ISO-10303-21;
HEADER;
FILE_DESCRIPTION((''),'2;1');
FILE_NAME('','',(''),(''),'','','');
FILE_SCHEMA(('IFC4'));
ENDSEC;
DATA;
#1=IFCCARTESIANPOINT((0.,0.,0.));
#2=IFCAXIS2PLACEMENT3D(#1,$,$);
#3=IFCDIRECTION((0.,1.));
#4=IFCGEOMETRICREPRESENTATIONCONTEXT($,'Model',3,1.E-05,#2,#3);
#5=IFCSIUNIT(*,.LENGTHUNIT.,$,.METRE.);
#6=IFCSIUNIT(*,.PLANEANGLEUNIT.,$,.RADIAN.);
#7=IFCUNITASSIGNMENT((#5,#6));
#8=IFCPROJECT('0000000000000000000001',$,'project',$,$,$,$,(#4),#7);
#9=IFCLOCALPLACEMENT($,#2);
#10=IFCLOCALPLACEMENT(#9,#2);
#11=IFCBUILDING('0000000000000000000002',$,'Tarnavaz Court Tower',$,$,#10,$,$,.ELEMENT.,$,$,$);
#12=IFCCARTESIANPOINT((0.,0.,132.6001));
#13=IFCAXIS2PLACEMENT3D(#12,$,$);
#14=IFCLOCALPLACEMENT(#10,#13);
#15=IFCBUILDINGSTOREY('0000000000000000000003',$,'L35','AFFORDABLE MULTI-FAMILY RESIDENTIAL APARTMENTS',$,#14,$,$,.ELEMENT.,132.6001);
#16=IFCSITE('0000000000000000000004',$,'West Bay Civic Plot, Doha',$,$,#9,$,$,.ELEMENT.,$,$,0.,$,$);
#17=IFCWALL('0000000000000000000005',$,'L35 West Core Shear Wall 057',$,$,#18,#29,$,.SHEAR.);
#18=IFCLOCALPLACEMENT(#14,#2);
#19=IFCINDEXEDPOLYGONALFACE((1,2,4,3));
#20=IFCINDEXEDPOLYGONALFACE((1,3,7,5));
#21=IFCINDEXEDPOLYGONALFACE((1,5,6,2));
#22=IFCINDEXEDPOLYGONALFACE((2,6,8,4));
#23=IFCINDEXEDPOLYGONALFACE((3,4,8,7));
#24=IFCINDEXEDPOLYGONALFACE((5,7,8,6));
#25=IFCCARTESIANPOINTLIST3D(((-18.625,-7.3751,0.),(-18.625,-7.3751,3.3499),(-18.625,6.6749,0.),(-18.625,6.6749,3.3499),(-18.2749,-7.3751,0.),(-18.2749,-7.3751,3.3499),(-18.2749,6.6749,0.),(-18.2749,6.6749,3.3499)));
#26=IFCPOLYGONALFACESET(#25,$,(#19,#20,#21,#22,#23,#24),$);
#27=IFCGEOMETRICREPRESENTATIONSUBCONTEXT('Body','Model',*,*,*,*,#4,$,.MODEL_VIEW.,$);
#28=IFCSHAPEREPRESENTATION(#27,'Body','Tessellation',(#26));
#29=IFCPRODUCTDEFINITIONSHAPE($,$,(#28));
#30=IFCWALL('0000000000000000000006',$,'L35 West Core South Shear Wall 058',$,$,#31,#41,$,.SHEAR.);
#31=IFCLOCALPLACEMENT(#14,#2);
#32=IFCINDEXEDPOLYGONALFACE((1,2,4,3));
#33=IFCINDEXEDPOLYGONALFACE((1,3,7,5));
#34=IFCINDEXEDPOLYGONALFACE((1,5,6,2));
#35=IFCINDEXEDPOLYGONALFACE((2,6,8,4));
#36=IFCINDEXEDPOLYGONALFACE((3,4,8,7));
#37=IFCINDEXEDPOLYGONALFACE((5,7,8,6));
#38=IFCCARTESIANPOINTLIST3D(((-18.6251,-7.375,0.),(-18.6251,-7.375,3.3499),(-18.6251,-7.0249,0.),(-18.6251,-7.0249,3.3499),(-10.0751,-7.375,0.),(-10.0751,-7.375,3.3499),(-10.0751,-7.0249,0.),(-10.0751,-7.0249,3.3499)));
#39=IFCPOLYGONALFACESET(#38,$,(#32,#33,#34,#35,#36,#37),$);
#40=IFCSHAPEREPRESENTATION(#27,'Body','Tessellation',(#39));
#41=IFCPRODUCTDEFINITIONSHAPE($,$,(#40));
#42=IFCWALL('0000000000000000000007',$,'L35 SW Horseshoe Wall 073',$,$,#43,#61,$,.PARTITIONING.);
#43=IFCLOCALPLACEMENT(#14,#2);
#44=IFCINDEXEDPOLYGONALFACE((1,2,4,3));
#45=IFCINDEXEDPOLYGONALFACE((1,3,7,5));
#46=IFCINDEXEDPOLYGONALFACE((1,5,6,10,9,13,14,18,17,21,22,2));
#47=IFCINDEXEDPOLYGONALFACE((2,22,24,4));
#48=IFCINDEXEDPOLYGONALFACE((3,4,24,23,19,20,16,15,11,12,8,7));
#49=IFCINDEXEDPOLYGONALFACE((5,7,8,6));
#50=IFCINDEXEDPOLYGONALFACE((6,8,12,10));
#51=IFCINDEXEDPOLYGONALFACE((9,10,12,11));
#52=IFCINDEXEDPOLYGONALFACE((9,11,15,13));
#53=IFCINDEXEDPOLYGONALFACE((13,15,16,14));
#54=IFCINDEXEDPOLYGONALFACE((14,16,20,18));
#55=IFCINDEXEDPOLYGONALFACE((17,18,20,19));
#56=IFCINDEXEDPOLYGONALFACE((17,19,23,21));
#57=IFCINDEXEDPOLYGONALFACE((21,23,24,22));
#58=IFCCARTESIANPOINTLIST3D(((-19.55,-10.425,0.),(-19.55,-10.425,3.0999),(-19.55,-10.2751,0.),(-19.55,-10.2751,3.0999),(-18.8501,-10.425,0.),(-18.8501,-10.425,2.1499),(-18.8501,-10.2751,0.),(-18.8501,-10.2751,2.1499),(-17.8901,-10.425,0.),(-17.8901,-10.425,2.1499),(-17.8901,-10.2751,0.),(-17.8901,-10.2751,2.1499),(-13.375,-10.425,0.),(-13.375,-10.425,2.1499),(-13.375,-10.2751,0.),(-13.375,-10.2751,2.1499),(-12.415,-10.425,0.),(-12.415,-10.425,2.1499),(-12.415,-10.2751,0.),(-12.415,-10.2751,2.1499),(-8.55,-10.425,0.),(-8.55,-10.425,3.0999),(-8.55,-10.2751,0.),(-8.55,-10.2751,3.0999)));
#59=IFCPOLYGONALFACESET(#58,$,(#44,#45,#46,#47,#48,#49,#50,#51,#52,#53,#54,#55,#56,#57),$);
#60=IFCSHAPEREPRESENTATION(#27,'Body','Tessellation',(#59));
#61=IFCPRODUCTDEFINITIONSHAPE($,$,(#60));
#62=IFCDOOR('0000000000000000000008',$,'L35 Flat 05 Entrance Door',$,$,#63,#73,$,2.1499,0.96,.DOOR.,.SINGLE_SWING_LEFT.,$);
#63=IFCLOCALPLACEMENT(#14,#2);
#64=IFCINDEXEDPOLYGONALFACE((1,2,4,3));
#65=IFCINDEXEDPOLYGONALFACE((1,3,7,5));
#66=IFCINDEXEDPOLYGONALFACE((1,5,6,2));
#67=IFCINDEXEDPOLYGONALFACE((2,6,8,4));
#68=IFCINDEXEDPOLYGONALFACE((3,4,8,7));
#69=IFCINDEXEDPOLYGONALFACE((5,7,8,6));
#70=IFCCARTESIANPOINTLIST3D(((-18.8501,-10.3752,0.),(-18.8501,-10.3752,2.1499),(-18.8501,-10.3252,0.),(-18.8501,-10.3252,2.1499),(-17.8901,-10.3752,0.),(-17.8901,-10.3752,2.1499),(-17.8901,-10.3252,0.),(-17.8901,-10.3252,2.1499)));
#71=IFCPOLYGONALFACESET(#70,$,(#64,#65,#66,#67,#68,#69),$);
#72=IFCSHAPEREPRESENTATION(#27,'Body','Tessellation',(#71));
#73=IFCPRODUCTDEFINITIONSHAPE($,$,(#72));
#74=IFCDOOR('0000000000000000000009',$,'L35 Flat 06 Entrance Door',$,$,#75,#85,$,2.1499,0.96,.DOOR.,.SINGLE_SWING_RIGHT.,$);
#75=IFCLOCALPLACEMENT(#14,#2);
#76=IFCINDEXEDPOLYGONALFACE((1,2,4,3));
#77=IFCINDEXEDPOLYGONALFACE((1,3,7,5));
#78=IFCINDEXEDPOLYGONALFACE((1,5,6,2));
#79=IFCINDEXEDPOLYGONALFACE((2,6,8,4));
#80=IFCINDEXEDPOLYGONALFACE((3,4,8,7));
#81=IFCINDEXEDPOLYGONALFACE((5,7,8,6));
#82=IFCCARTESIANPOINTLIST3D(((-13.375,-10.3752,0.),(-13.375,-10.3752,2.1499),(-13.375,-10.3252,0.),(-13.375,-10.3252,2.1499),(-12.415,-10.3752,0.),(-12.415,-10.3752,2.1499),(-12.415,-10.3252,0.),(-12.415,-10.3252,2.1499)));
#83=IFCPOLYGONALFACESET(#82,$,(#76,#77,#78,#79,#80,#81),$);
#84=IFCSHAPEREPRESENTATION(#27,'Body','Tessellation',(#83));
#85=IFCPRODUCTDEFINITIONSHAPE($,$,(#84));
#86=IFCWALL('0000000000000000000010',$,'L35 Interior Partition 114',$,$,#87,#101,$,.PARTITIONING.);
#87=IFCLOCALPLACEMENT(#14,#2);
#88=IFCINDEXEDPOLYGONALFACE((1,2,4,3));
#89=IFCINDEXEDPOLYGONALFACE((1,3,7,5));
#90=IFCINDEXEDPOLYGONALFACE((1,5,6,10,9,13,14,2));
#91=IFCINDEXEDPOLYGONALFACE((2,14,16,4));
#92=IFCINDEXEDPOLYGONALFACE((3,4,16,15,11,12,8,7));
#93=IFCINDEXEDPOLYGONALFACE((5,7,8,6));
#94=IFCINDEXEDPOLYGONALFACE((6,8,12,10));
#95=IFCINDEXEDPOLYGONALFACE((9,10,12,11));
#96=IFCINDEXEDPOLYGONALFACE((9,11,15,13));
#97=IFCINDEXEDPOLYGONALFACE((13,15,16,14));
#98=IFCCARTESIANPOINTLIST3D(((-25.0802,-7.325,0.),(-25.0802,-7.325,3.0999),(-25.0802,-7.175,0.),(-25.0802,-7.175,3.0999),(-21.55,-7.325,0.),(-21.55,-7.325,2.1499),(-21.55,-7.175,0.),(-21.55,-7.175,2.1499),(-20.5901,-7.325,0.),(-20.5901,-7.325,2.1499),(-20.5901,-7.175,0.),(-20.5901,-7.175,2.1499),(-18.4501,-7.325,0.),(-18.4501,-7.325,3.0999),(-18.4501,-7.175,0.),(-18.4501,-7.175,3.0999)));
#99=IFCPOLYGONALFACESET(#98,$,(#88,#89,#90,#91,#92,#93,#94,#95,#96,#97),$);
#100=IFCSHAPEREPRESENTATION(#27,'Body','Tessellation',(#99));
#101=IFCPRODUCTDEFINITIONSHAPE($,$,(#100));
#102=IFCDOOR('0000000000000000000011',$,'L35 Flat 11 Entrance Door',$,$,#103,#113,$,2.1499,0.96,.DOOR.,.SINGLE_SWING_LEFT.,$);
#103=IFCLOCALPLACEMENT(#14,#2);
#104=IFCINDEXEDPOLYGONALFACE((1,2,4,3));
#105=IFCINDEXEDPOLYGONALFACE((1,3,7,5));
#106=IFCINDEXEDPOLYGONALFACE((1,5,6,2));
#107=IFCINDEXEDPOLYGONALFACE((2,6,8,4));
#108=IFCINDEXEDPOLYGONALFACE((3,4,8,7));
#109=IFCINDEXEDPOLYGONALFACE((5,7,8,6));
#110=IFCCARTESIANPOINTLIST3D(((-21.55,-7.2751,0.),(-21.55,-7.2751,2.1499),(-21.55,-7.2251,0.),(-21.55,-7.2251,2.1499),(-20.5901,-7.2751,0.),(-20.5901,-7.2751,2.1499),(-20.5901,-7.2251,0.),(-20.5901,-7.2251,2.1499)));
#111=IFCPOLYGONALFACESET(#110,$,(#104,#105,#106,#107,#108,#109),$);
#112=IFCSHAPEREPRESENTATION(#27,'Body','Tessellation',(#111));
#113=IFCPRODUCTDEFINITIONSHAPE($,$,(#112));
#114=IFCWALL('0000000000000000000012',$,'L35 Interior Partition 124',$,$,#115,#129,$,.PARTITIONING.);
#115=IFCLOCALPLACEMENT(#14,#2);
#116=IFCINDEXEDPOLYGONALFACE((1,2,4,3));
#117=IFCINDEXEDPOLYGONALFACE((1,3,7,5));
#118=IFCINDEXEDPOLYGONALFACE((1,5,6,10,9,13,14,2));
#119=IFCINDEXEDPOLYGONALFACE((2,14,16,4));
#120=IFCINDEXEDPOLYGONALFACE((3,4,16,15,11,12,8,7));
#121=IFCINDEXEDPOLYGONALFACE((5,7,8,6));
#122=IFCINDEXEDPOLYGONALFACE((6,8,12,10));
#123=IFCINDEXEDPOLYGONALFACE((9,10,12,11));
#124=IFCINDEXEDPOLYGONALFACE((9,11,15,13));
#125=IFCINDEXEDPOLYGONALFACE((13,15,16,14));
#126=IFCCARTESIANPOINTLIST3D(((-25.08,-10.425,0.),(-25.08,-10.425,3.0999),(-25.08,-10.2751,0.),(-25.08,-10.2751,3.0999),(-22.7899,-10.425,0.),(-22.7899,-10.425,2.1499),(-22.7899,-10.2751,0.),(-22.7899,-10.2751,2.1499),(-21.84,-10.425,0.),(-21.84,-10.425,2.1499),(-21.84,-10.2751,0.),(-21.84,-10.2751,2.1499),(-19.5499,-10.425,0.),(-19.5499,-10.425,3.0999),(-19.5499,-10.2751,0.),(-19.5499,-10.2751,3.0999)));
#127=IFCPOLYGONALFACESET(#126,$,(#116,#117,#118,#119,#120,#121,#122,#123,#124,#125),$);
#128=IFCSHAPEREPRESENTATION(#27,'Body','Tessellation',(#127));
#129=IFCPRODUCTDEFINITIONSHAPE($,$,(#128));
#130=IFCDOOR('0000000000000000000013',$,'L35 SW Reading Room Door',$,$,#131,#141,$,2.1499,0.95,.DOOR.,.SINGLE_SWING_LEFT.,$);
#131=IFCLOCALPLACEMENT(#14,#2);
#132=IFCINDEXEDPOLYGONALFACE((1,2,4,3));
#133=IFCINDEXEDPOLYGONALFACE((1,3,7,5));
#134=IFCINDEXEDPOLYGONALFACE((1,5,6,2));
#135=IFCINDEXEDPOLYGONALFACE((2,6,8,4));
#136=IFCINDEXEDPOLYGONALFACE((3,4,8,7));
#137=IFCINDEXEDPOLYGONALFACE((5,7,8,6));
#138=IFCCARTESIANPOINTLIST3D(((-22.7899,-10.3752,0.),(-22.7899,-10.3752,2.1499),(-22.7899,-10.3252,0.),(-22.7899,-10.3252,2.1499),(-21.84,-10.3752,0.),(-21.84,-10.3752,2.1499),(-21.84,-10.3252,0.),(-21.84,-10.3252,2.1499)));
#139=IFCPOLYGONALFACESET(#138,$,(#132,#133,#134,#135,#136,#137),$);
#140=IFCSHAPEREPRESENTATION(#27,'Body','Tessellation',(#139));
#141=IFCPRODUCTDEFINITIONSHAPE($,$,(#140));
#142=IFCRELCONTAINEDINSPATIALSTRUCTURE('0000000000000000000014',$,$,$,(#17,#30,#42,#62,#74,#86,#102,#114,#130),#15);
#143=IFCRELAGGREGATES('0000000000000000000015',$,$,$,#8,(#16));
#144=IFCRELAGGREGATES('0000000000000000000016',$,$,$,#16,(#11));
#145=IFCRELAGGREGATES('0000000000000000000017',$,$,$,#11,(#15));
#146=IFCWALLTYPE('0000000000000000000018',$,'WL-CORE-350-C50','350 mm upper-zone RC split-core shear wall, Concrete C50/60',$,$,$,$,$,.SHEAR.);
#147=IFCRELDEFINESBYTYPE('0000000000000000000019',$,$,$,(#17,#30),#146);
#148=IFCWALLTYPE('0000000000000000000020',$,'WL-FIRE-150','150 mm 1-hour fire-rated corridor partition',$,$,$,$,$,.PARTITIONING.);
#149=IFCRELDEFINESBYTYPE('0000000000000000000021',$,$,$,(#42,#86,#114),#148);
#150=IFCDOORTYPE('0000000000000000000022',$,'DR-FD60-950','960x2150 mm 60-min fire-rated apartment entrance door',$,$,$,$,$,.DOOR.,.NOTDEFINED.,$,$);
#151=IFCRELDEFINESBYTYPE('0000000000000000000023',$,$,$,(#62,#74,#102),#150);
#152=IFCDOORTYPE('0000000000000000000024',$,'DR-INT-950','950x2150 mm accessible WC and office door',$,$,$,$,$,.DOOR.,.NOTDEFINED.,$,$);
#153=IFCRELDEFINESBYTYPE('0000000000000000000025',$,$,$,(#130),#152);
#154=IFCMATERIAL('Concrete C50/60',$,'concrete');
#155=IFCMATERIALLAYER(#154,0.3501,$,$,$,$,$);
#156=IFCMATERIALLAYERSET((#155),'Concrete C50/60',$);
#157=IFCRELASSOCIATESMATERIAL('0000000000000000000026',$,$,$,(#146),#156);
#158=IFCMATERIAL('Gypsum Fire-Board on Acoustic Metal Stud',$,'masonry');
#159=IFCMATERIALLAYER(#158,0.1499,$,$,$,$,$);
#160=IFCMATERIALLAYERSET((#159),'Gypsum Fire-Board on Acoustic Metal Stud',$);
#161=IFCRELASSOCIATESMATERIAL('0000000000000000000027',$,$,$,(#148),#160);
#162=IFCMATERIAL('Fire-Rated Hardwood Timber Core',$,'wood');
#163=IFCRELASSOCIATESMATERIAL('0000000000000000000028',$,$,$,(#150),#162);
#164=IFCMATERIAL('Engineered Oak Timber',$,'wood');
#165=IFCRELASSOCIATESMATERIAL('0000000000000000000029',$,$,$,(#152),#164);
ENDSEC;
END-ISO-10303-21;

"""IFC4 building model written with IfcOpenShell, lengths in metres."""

from ifc_helpers import new_model, si_unit, direction, frame, frame_2d, origin, place, context, subcontext, project, spatial, rectangle, extrude, material, layer, layer_set, type_object, element, fill, save


model = new_model("IFC4")

# Units and contexts
model_context = context("Model", 3, precision=1e-05, world=origin(), true_north=direction((0.0, 1.0)))
body_context = subcontext(model_context, "Body", "Model", "MODEL_VIEW")
ifc_project = project(units=[si_unit("LENGTHUNIT", "METRE"), si_unit("PLANEANGLEUNIT", "RADIAN")], contexts=[model_context])

# Site, building, storey
site_placement = place(None, origin())
site = spatial("IfcSite", under=ifc_project, at=site_placement, Name="West Bay Civic Plot, Doha", CompositionType="ELEMENT", RefElevation=0.0)
building_placement = place(site_placement, origin())
building = spatial("IfcBuilding", under=site, at=building_placement, Name="Tarnavaz Court Tower", CompositionType="ELEMENT")
storey_placement = place(building_placement, frame((0.0, 0.0, 132.6001)))
storey = spatial("IfcBuildingStorey", under=building, at=storey_placement, Name="L35", Description="AFFORDABLE MULTI-FAMILY RESIDENTIAL APARTMENTS", CompositionType="ELEMENT", Elevation=132.6001)

# Shared definitions
ifc_material_1 = material(Name="Concrete C50/60", Category="concrete")

# Walls
ifc_layer_1 = layer(ifc_material_1, 0.3501)
ifc_layer_set_1 = layer_set([ifc_layer_1], Name="Concrete C50/60")
wall_type_1 = type_object("IfcWallType", Name="WL-CORE-350-C50", Description="350 mm upper-zone RC split-core shear wall, Concrete C50/60", PredefinedType="SHEAR", material=ifc_layer_set_1)
wall_1_placement = place(storey_placement, frame((-18.45, -7.375, 0.0), z_axis=(0.0, 0.0, 1.0), x_axis=(0.0, 1.0, 0.0)))
element("IfcWall", 1, at=wall_1_placement, inside=storey, type_object=wall_type_1, Name="L35 West Core Shear Wall 057", PredefinedType="SHEAR", context=body_context, shape_type="SweptSolid", body=[
    extrude(rectangle(XDim=14.05, YDim=0.3501, at=frame_2d((7.0249, 0.0))), origin(), (0.0, 0.0, 1.0), 3.3499),
])
wall_2_placement = place(storey_placement, frame((-18.625, -7.2, 0.0), z_axis=(0.0, 0.0, 1.0), x_axis=(1.0, 0.0, 0.0)))
element("IfcWall", 2, at=wall_2_placement, inside=storey, type_object=wall_type_1, Name="L35 West Core South Shear Wall 058", PredefinedType="SHEAR", context=body_context, shape_type="SweptSolid", body=[
    extrude(rectangle(XDim=8.55, YDim=0.3501, at=frame_2d((4.2749, 0.0))), origin(), (0.0, 0.0, 1.0), 3.3499),
])

# Wall, openings, doors
ifc_material_2 = material(Name="Gypsum Fire-Board on Acoustic Metal Stud", Category="masonry")
ifc_layer_2 = layer(ifc_material_2, 0.1499)
ifc_layer_set_2 = layer_set([ifc_layer_2], Name="Gypsum Fire-Board on Acoustic Metal Stud")
wall_type_2 = type_object("IfcWallType", Name="WL-FIRE-150", Description="150 mm 1-hour fire-rated corridor partition", PredefinedType="PARTITIONING", material=ifc_layer_set_2)
wall_3_placement = place(storey_placement, frame((-19.55, -10.3501, 0.0), z_axis=(0.0, 0.0, 1.0), x_axis=(1.0, 0.0, 0.0)))
wall_3 = element("IfcWall", 3, at=wall_3_placement, inside=storey, type_object=wall_type_2, Name="L35 SW Horseshoe Wall 073", PredefinedType="PARTITIONING", context=body_context, shape_type="SweptSolid", body=[
    extrude(rectangle(XDim=11.0, YDim=0.1499, at=frame_2d((5.5, 0.0))), origin(), (0.0, 0.0, 1.0), 3.0999),
])
opening_1_placement = place(wall_3_placement, frame((0.7, 0.0, 0.0)))
opening_1 = element("IfcOpeningElement", 4, at=opening_1_placement, cuts=wall_3, PredefinedType="OPENING", context=body_context, shape_type="SweptSolid", body=[
    extrude(rectangle(XDim=0.96, YDim=2.1499, at=frame_2d((0.48, 1.075))), frame((0.0, 0.085, 0.0), z_axis=(0.0, -1.0, 0.0), x_axis=(1.0, 0.0, 0.0)), (0.0, 0.0, 1.0), 0.1699),
])
opening_2_placement = place(wall_3_placement, frame((6.175, 0.0, 0.0)))
opening_2 = element("IfcOpeningElement", 5, at=opening_2_placement, cuts=wall_3, PredefinedType="OPENING", context=body_context, shape_type="SweptSolid", body=[
    extrude(rectangle(XDim=0.96, YDim=2.1499, at=frame_2d((0.48, 1.075))), frame((0.0, 0.085, 0.0), z_axis=(0.0, -1.0, 0.0), x_axis=(1.0, 0.0, 0.0)), (0.0, 0.0, 1.0), 0.1699),
])
ifc_material_3 = material(Name="Fire-Rated Hardwood Timber Core", Category="wood")
door_type_1 = type_object("IfcDoorType", Name="DR-FD60-950", Description="960x2150 mm 60-min fire-rated apartment entrance door", OperationType="NOTDEFINED", PredefinedType="DOOR", material=ifc_material_3)
door_1_placement = place(opening_1_placement, origin())
door_1 = element("IfcDoor", 6, at=door_1_placement, inside=storey, type_object=door_type_1, Name="L35 Flat 05 Entrance Door", OperationType="SINGLE_SWING_LEFT", OverallHeight=2.1499, OverallWidth=0.96, PredefinedType="DOOR", context=body_context, shape_type="SweptSolid", body=[
    extrude(rectangle(XDim=0.96, YDim=2.1499, at=frame_2d((0.48, 1.075))), frame((0.0, 0.0249, 0.0), z_axis=(0.0, -1.0, 0.0), x_axis=(1.0, 0.0, 0.0)), (0.0, 0.0, 1.0), 0.05),
])
fill(opening_1, door_1)
door_2_placement = place(opening_2_placement, origin())
door_2 = element("IfcDoor", 7, at=door_2_placement, inside=storey, type_object=door_type_1, Name="L35 Flat 06 Entrance Door", OperationType="SINGLE_SWING_RIGHT", OverallHeight=2.1499, OverallWidth=0.96, PredefinedType="DOOR", context=body_context, shape_type="SweptSolid", body=[
    extrude(rectangle(XDim=0.96, YDim=2.1499, at=frame_2d((0.48, 1.075))), frame((0.0, 0.0249, 0.0), z_axis=(0.0, -1.0, 0.0), x_axis=(1.0, 0.0, 0.0)), (0.0, 0.0, 1.0), 0.05),
])
fill(opening_2, door_2)

# Walls, openings, doors
wall_4_placement = place(storey_placement, frame((-25.0801, -7.25, 0.0), z_axis=(0.0, 0.0, 1.0), x_axis=(1.0, 0.0, 0.0)))
wall_4 = element("IfcWall", 8, at=wall_4_placement, inside=storey, type_object=wall_type_2, Name="L35 Interior Partition 114", PredefinedType="PARTITIONING", context=body_context, shape_type="SweptSolid", body=[
    extrude(rectangle(XDim=6.6301, YDim=0.1499, at=frame_2d((3.3149, 0.0))), origin(), (0.0, 0.0, 1.0), 3.0999),
])
opening_3_placement = place(wall_4_placement, frame((3.53, 0.0, 0.0)))
opening_3 = element("IfcOpeningElement", 9, at=opening_3_placement, cuts=wall_4, PredefinedType="OPENING", context=body_context, shape_type="SweptSolid", body=[
    extrude(rectangle(XDim=0.96, YDim=2.1499, at=frame_2d((0.48, 1.075))), frame((0.0, 0.085, 0.0), z_axis=(0.0, -1.0, 0.0), x_axis=(1.0, 0.0, 0.0)), (0.0, 0.0, 1.0), 0.1699),
])
door_3_placement = place(opening_3_placement, origin())
door_3 = element("IfcDoor", 10, at=door_3_placement, inside=storey, type_object=door_type_1, Name="L35 Flat 11 Entrance Door", OperationType="SINGLE_SWING_LEFT", OverallHeight=2.1499, OverallWidth=0.96, PredefinedType="DOOR", context=body_context, shape_type="SweptSolid", body=[
    extrude(rectangle(XDim=0.96, YDim=2.1499, at=frame_2d((0.48, 1.075))), frame((0.0, 0.0249, 0.0), z_axis=(0.0, -1.0, 0.0), x_axis=(1.0, 0.0, 0.0)), (0.0, 0.0, 1.0), 0.05),
])
fill(opening_3, door_3)
wall_5_placement = place(storey_placement, frame((-25.0801, -10.3501, 0.0), z_axis=(0.0, 0.0, 1.0), x_axis=(1.0, 0.0, 0.0)))
wall_5 = element("IfcWall", 11, at=wall_5_placement, inside=storey, type_object=wall_type_2, Name="L35 Interior Partition 124", PredefinedType="PARTITIONING", context=body_context, shape_type="SweptSolid", body=[
    extrude(rectangle(XDim=5.53, YDim=0.1499, at=frame_2d((2.7651, 0.0))), origin(), (0.0, 0.0, 1.0), 3.0999),
])
opening_4_placement = place(wall_5_placement, frame((2.29, 0.0, 0.0)))
opening_4 = element("IfcOpeningElement", 12, at=opening_4_placement, cuts=wall_5, PredefinedType="OPENING", context=body_context, shape_type="SweptSolid", body=[
    extrude(rectangle(XDim=0.95, YDim=2.1499, at=frame_2d((0.4751, 1.075))), frame((0.0, 0.085, 0.0), z_axis=(0.0, -1.0, 0.0), x_axis=(1.0, 0.0, 0.0)), (0.0, 0.0, 1.0), 0.1699),
])
ifc_material_4 = material(Name="Engineered Oak Timber", Category="wood")
door_type_2 = type_object("IfcDoorType", Name="DR-INT-950", Description="950x2150 mm accessible WC and office door", OperationType="NOTDEFINED", PredefinedType="DOOR", material=ifc_material_4)
door_4_placement = place(opening_4_placement, origin())
door_4 = element("IfcDoor", 13, at=door_4_placement, inside=storey, type_object=door_type_2, Name="L35 SW Reading Room Door", OperationType="SINGLE_SWING_LEFT", OverallHeight=2.1499, OverallWidth=0.95, PredefinedType="DOOR", context=body_context, shape_type="SweptSolid", body=[
    extrude(rectangle(XDim=0.95, YDim=2.1499, at=frame_2d((0.4751, 1.075))), frame((0.0, 0.0249, 0.0), z_axis=(0.0, -1.0, 0.0), x_axis=(1.0, 0.0, 0.0)), (0.0, 0.0, 1.0), 0.05),
])
fill(opening_4, door_4)

save(model, "model.ifc")
